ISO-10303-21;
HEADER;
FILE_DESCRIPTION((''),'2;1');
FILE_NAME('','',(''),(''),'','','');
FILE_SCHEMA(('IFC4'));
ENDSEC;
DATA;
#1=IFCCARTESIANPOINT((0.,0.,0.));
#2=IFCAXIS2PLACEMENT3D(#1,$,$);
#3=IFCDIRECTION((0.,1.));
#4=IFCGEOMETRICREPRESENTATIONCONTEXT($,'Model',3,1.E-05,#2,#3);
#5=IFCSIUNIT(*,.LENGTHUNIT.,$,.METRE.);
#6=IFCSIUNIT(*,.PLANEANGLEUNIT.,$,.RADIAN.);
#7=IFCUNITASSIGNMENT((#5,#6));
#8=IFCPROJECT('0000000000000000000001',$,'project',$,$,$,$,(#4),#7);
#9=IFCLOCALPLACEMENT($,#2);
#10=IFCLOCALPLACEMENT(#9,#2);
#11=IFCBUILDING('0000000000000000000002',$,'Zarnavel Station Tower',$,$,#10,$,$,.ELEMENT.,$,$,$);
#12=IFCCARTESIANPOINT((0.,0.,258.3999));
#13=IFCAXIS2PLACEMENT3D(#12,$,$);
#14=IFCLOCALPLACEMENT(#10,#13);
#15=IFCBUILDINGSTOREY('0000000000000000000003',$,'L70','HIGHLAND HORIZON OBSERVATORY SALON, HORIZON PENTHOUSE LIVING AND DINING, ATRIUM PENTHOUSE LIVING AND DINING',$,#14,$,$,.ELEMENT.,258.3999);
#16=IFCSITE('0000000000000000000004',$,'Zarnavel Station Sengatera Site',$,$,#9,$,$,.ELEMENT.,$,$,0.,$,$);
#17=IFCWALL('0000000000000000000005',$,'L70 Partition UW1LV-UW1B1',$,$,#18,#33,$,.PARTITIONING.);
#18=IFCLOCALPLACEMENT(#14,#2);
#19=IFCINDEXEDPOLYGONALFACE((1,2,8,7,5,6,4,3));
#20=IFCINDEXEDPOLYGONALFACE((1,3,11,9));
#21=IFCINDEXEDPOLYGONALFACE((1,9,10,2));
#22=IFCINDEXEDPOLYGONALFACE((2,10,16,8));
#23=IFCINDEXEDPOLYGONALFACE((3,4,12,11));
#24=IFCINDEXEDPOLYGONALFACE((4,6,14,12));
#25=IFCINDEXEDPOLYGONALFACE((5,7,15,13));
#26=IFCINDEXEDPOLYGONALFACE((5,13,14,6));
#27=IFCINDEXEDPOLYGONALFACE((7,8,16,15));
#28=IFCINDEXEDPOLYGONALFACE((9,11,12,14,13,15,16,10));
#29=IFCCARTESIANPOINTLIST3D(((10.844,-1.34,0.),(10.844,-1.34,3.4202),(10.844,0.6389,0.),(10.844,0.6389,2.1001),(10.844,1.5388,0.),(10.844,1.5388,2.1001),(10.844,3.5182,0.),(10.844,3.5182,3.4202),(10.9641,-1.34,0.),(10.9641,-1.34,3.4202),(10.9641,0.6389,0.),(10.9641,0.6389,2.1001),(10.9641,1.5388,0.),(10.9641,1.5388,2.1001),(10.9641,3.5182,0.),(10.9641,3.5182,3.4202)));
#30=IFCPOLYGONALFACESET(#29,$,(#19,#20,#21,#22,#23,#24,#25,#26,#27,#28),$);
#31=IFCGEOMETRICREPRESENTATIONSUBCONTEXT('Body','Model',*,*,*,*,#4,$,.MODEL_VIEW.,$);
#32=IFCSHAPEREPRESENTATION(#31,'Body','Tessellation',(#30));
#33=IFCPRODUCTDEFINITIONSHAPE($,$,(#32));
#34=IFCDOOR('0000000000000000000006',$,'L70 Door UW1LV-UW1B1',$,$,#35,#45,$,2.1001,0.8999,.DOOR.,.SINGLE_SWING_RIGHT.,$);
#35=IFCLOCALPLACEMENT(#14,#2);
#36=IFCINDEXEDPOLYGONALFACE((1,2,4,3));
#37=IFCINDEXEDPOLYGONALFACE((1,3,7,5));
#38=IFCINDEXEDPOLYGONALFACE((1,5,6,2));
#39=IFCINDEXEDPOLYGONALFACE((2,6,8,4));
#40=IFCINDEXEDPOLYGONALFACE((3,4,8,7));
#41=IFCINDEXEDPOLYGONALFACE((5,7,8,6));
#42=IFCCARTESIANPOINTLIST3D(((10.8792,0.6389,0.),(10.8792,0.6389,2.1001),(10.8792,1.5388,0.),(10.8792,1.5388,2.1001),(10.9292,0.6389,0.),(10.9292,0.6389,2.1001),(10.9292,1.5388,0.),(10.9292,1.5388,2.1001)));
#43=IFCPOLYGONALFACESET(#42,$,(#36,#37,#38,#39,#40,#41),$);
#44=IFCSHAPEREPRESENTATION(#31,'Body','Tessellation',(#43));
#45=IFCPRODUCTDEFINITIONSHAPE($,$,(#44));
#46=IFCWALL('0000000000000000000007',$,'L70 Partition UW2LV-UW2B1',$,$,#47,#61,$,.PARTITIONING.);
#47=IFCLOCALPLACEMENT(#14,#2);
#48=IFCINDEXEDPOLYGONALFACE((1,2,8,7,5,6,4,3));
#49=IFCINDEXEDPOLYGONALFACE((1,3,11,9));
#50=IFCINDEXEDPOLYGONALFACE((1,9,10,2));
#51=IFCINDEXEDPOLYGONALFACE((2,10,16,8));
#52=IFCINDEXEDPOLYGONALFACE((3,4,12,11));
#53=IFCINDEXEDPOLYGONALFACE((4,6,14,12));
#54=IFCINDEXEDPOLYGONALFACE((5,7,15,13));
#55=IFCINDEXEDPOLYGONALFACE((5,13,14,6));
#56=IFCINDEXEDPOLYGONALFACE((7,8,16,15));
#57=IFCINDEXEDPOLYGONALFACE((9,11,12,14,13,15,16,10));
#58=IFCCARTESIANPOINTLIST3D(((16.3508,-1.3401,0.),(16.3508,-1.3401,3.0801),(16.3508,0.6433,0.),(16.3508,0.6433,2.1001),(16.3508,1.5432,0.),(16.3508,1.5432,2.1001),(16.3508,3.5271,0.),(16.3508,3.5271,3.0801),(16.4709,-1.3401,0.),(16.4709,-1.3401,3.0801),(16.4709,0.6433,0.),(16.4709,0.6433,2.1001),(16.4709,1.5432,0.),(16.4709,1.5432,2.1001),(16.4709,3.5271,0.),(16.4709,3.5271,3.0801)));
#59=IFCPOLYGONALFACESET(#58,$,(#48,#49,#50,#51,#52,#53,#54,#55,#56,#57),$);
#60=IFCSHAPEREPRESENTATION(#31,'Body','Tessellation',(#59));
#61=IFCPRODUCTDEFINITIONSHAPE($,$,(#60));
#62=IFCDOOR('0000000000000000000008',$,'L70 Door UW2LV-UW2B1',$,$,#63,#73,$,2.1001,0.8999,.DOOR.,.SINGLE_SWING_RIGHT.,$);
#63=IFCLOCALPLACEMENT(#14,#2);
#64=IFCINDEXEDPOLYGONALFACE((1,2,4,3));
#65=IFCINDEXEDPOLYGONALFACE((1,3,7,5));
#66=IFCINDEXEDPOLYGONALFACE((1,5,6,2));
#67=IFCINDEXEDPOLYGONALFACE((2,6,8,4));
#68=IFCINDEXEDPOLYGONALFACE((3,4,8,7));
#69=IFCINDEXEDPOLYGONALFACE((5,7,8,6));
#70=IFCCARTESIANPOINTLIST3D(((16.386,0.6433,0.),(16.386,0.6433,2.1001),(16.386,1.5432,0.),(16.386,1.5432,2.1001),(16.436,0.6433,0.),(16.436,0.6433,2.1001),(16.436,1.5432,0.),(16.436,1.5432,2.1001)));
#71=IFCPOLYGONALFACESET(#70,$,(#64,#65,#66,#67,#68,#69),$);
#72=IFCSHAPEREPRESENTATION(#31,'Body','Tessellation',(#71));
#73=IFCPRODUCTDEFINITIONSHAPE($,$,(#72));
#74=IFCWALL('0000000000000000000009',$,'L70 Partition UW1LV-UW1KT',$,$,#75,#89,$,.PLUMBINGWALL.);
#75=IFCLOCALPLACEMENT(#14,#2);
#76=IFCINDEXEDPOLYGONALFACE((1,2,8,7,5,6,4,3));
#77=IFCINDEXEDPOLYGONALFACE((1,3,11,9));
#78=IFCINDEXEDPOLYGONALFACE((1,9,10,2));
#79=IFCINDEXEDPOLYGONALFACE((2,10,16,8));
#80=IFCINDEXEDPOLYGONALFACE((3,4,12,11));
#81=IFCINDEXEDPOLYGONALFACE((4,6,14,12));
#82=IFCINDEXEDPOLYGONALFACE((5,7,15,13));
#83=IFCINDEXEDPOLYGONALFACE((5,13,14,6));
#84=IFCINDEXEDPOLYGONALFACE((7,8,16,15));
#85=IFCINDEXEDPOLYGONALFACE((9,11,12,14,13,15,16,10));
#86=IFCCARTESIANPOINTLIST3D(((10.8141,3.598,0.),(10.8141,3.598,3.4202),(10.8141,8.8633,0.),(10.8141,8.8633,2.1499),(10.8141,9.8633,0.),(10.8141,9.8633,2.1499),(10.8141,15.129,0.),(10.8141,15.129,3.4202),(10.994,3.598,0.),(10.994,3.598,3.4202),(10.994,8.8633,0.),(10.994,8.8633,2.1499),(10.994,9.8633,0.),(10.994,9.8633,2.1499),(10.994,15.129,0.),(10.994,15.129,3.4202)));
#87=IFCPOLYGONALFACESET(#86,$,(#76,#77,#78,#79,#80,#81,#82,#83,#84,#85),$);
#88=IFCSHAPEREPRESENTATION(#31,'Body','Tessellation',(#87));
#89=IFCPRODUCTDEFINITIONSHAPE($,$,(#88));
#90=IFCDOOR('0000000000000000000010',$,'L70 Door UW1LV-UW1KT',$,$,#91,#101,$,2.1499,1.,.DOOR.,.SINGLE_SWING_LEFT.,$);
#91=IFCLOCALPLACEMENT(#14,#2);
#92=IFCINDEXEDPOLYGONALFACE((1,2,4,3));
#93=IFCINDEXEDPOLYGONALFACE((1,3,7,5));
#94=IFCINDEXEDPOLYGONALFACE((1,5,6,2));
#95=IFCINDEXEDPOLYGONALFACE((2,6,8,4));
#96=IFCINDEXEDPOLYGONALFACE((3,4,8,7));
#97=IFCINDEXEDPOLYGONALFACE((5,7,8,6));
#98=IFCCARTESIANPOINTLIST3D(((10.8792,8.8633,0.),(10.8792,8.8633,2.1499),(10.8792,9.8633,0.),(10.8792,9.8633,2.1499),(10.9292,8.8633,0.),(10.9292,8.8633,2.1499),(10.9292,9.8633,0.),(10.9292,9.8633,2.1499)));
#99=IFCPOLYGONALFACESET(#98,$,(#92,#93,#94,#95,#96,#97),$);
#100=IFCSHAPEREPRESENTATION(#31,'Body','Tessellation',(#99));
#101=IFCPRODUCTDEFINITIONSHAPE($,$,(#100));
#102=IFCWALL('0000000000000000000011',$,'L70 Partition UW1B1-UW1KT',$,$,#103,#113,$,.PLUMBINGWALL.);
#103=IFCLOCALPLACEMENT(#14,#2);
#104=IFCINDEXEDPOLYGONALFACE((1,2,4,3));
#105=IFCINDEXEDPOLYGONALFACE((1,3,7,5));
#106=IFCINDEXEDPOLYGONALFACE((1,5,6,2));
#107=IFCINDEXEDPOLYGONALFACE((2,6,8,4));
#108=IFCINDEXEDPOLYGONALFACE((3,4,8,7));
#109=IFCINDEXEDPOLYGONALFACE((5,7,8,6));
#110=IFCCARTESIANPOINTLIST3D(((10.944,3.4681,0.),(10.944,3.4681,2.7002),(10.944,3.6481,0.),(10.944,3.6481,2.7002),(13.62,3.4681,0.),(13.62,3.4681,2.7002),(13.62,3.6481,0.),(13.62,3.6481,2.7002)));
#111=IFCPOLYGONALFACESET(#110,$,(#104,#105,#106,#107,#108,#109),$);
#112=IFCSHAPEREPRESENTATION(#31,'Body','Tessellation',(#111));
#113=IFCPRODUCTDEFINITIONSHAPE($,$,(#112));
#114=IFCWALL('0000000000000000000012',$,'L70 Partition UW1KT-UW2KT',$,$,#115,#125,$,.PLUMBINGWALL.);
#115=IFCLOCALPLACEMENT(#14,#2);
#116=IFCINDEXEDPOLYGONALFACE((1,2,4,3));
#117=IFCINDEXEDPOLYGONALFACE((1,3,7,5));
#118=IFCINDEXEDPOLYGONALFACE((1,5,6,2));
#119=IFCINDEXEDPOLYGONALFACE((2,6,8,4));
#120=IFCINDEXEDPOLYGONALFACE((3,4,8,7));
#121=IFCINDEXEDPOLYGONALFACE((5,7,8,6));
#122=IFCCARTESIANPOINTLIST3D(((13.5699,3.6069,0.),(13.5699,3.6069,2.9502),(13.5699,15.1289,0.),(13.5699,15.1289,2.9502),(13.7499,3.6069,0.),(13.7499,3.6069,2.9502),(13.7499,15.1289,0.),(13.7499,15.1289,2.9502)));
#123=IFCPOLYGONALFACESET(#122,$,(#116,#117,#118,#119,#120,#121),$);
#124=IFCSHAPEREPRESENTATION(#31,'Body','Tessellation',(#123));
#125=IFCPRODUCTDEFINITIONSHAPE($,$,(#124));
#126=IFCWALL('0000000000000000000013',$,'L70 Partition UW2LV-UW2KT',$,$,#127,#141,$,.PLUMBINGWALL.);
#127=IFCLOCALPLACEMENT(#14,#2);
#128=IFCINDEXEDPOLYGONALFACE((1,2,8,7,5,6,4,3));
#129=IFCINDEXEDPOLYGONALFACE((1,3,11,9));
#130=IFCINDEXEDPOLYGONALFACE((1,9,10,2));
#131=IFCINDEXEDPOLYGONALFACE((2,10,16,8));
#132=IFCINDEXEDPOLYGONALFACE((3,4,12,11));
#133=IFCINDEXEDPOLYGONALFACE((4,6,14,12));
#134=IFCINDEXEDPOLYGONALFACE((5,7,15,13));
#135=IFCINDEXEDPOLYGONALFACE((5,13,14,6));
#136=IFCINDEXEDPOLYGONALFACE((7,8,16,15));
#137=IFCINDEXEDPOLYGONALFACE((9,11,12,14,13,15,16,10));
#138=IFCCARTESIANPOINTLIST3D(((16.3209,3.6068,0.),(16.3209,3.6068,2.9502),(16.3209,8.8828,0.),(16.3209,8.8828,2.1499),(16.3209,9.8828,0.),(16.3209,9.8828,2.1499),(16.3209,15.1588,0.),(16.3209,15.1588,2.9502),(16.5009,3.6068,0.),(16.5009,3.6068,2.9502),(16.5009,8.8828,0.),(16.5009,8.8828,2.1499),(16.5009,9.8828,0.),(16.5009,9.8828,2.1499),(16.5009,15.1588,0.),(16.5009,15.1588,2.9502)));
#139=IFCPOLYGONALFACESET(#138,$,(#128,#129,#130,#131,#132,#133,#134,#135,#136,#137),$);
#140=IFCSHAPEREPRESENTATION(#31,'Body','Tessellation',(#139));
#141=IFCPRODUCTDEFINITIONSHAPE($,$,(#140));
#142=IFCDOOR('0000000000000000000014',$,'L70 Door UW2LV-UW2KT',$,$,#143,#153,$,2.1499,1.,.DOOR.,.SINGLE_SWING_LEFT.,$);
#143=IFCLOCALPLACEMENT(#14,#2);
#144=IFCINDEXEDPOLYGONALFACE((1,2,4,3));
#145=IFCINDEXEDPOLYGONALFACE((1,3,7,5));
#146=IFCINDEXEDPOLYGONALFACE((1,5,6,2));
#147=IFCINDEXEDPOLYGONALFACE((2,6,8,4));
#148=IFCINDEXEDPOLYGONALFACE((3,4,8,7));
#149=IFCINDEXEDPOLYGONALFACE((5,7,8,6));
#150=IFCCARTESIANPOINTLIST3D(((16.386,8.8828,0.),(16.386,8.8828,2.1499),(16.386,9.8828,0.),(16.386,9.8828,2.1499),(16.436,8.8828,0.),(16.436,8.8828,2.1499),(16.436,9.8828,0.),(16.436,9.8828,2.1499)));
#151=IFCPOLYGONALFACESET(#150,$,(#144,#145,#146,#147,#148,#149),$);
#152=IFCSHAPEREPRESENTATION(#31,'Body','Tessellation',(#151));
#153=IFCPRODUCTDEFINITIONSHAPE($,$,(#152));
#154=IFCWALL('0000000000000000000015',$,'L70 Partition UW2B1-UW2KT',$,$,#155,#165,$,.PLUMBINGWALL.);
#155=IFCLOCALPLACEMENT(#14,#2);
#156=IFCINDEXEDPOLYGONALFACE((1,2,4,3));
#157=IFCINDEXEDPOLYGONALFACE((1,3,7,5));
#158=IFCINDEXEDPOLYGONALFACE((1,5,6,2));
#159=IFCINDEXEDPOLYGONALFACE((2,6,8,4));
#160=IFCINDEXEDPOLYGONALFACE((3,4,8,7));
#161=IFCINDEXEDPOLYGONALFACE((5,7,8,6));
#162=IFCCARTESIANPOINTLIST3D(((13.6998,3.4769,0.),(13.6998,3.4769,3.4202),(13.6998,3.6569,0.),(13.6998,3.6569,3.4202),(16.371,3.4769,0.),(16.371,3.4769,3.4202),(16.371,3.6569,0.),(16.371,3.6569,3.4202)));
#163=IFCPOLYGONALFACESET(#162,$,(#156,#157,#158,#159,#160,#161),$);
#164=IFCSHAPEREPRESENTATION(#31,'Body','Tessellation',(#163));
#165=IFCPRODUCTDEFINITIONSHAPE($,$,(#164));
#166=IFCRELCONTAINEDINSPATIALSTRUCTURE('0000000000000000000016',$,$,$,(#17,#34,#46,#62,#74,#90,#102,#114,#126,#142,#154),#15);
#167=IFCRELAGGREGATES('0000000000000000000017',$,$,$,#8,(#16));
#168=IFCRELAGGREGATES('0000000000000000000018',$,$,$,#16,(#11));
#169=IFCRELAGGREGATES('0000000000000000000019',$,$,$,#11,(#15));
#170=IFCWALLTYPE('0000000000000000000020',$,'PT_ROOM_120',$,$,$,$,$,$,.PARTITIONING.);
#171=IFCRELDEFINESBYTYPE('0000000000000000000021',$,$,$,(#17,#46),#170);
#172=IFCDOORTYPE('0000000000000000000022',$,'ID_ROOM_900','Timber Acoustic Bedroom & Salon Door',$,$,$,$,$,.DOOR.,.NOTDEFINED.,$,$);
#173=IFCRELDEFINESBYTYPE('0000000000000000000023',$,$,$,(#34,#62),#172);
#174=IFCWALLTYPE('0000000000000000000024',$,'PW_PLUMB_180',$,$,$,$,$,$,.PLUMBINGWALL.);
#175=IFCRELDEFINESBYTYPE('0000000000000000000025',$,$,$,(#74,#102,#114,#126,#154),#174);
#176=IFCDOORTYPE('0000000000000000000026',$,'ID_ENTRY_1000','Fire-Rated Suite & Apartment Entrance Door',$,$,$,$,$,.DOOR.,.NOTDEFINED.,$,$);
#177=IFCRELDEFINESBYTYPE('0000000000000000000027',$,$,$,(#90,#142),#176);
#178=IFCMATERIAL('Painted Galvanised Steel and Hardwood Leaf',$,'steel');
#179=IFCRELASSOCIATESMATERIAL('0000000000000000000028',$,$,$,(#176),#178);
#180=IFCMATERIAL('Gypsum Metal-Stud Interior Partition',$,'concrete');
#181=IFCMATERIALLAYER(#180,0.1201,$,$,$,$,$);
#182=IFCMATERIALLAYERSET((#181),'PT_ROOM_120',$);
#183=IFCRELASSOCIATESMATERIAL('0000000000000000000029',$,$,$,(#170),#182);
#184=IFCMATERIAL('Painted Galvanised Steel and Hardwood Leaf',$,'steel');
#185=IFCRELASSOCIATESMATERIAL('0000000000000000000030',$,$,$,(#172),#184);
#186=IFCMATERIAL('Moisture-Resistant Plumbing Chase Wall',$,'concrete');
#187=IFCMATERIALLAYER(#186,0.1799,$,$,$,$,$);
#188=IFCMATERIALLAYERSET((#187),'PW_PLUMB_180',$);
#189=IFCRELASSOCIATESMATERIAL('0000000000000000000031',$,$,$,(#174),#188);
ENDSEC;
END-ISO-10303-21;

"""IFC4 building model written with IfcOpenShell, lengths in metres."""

from ifc_helpers import new_model, si_unit, direction, frame, frame_2d, origin, place, context, subcontext, project, spatial, rectangle, extrude, material, layer, layer_set, type_object, element, fill, save


model = new_model("IFC4")

# Units and contexts
model_context = context("Model", 3, precision=1e-05, world=origin(), true_north=direction((0.0, 1.0)))
body_context = subcontext(model_context, "Body", "Model", "MODEL_VIEW")
ifc_project = project(units=[si_unit("LENGTHUNIT", "METRE"), si_unit("PLANEANGLEUNIT", "RADIAN")], contexts=[model_context])

# Site, building, storey
site_placement = place(None, origin())
site = spatial("IfcSite", under=ifc_project, at=site_placement, Name="Zarnavel Station Sengatera Site", CompositionType="ELEMENT", RefElevation=0.0)
building_placement = place(site_placement, origin())
building = spatial("IfcBuilding", under=site, at=building_placement, Name="Zarnavel Station Tower", CompositionType="ELEMENT")
storey_placement = place(building_placement, frame((0.0, 0.0, 258.3999)))
storey = spatial("IfcBuildingStorey", under=building, at=storey_placement, Name="L70", Description="HIGHLAND HORIZON OBSERVATORY SALON, HORIZON PENTHOUSE LIVING AND DINING, ATRIUM PENTHOUSE LIVING AND DINING", CompositionType="ELEMENT", Elevation=258.3999)

# Shared definitions
ifc_material_1 = material(Name="Painted Galvanised Steel and Hardwood Leaf", Category="steel")
door_type_1 = type_object("IfcDoorType", Name="ID_ENTRY_1000", Description="Fire-Rated Suite & Apartment Entrance Door", OperationType="NOTDEFINED", PredefinedType="DOOR", material=ifc_material_1)

# Walls, openings, doors
ifc_material_2 = material(Name="Gypsum Metal-Stud Interior Partition", Category="concrete")
ifc_layer_1 = layer(ifc_material_2, 0.1201)
ifc_layer_set_1 = layer_set([ifc_layer_1], Name="PT_ROOM_120")
wall_type_1 = type_object("IfcWallType", Name="PT_ROOM_120", PredefinedType="PARTITIONING", material=ifc_layer_set_1)
wall_1_placement = place(storey_placement, frame((10.9041, -1.3401, 0.0), z_axis=(0.0, 0.0, 1.0), x_axis=(0.0, 1.0, 0.0)))
wall_1 = element("IfcWall", 1, at=wall_1_placement, inside=storey, type_object=wall_type_1, Name="L70 Partition UW1LV-UW1B1", PredefinedType="PARTITIONING", context=body_context, shape_type="SweptSolid", body=[
    extrude(rectangle(XDim=4.8582, YDim=0.1201, at=frame_2d((2.4292, 0.0))), origin(), (0.0, 0.0, 1.0), 3.4202),
])
opening_1_placement = place(wall_1_placement, frame((1.979, 0.0, 0.0)))
opening_1 = element("IfcOpeningElement", 2, at=opening_1_placement, cuts=wall_1, PredefinedType="OPENING", context=body_context, shape_type="SweptSolid", body=[
    extrude(rectangle(XDim=0.8999, YDim=2.1001, at=frame_2d((0.45, 1.05))), frame((0.0, 0.0701, 0.0), z_axis=(0.0, -1.0, 0.0), x_axis=(1.0, 0.0, 0.0)), (0.0, 0.0, 1.0), 0.1401),
])
ifc_material_3 = material(Name="Painted Galvanised Steel and Hardwood Leaf", Category="steel")
door_type_2 = type_object("IfcDoorType", Name="ID_ROOM_900", Description="Timber Acoustic Bedroom & Salon Door", OperationType="NOTDEFINED", PredefinedType="DOOR", material=ifc_material_3)
door_1_placement = place(opening_1_placement, origin())
door_1 = element("IfcDoor", 3, at=door_1_placement, inside=storey, type_object=door_type_2, Name="L70 Door UW1LV-UW1B1", OperationType="SINGLE_SWING_RIGHT", OverallHeight=2.1001, OverallWidth=0.8999, PredefinedType="DOOR", context=body_context, shape_type="SweptSolid", body=[
    extrude(rectangle(XDim=0.8999, YDim=2.1001, at=frame_2d((0.45, 1.05))), frame((0.0, 0.0249, 0.0), z_axis=(0.0, -1.0, 0.0), x_axis=(1.0, 0.0, 0.0)), (0.0, 0.0, 1.0), 0.05),
])
fill(opening_1, door_1)
wall_2_placement = place(storey_placement, frame((16.4109, -1.3401, 0.0), z_axis=(0.0, 0.0, 1.0), x_axis=(0.0, 1.0, 0.0)))
wall_2 = element("IfcWall", 4, at=wall_2_placement, inside=storey, type_object=wall_type_1, Name="L70 Partition UW2LV-UW2B1", PredefinedType="PARTITIONING", context=body_context, shape_type="SweptSolid", body=[
    extrude(rectangle(XDim=4.8672, YDim=0.1201, at=frame_2d((2.4336, 0.0))), origin(), (0.0, 0.0, 1.0), 3.0801),
])
opening_2_placement = place(wall_2_placement, frame((1.9834, 0.0, 0.0)))
opening_2 = element("IfcOpeningElement", 5, at=opening_2_placement, cuts=wall_2, PredefinedType="OPENING", context=body_context, shape_type="SweptSolid", body=[
    extrude(rectangle(XDim=0.8999, YDim=2.1001, at=frame_2d((0.45, 1.05))), frame((0.0, 0.0701, 0.0), z_axis=(0.0, -1.0, 0.0), x_axis=(1.0, 0.0, 0.0)), (0.0, 0.0, 1.0), 0.1401),
])
door_2_placement = place(opening_2_placement, origin())
door_2 = element("IfcDoor", 6, at=door_2_placement, inside=storey, type_object=door_type_2, Name="L70 Door UW2LV-UW2B1", OperationType="SINGLE_SWING_RIGHT", OverallHeight=2.1001, OverallWidth=0.8999, PredefinedType="DOOR", context=body_context, shape_type="SweptSolid", body=[
    extrude(rectangle(XDim=0.8999, YDim=2.1001, at=frame_2d((0.45, 1.05))), frame((0.0, 0.0249, 0.0), z_axis=(0.0, -1.0, 0.0), x_axis=(1.0, 0.0, 0.0)), (0.0, 0.0, 1.0), 0.05),
])
fill(opening_2, door_2)
ifc_material_4 = material(Name="Moisture-Resistant Plumbing Chase Wall", Category="concrete")
ifc_layer_2 = layer(ifc_material_4, 0.1799)
ifc_layer_set_2 = layer_set([ifc_layer_2], Name="PW_PLUMB_180")
wall_type_2 = type_object("IfcWallType", Name="PW_PLUMB_180", PredefinedType="PLUMBINGWALL", material=ifc_layer_set_2)
wall_3_placement = place(storey_placement, frame((10.9041, 3.5979, 0.0), z_axis=(0.0, 0.0, 1.0), x_axis=(0.0, 1.0, 0.0)))
wall_3 = element("IfcWall", 7, at=wall_3_placement, inside=storey, type_object=wall_type_2, Name="L70 Partition UW1LV-UW1KT", PredefinedType="PLUMBINGWALL", context=body_context, shape_type="SweptSolid", body=[
    extrude(rectangle(XDim=11.531, YDim=0.1799, at=frame_2d((5.7656, 0.0))), origin(), (0.0, 0.0, 1.0), 3.4202),
])
opening_3_placement = place(wall_3_placement, frame((5.2654, 0.0, 0.0)))
opening_3 = element("IfcOpeningElement", 8, at=opening_3_placement, cuts=wall_3, PredefinedType="OPENING", context=body_context, shape_type="SweptSolid", body=[
    extrude(rectangle(XDim=1.0, YDim=2.1499, at=frame_2d((0.5, 1.075))), frame((0.0, 0.0999, 0.0), z_axis=(0.0, -1.0, 0.0), x_axis=(1.0, 0.0, 0.0)), (0.0, 0.0, 1.0), 0.2),
])
door_3_placement = place(opening_3_placement, origin())
door_3 = element("IfcDoor", 9, at=door_3_placement, inside=storey, type_object=door_type_1, Name="L70 Door UW1LV-UW1KT", OperationType="SINGLE_SWING_LEFT", OverallHeight=2.1499, OverallWidth=1.0, PredefinedType="DOOR", context=body_context, shape_type="SweptSolid", body=[
    extrude(rectangle(XDim=1.0, YDim=2.1499, at=frame_2d((0.5, 1.075))), frame((0.0, 0.0249, 0.0), z_axis=(0.0, -1.0, 0.0), x_axis=(1.0, 0.0, 0.0)), (0.0, 0.0, 1.0), 0.05),
])
fill(opening_3, door_3)

# Walls
wall_4_placement = place(storey_placement, frame((10.9441, 3.5581, 0.0), z_axis=(0.0, 0.0, 1.0), x_axis=(1.0, 0.0, 0.0)))
element("IfcWall", 10, at=wall_4_placement, inside=storey, type_object=wall_type_2, Name="L70 Partition UW1B1-UW1KT", PredefinedType="PLUMBINGWALL", context=body_context, shape_type="SweptSolid", body=[
    extrude(rectangle(XDim=2.676, YDim=0.1799, at=frame_2d((1.3379, 0.0))), origin(), (0.0, 0.0, 1.0), 2.7002),
])
wall_5_placement = place(storey_placement, frame((13.6599, 3.6069, 0.0), z_axis=(0.0, 0.0, 1.0), x_axis=(0.0, 1.0, 0.0)))
element("IfcWall", 11, at=wall_5_placement, inside=storey, type_object=wall_type_2, Name="L70 Partition UW1KT-UW2KT", PredefinedType="PLUMBINGWALL", context=body_context, shape_type="SweptSolid", body=[
    extrude(rectangle(XDim=11.522, YDim=0.1799, at=frame_2d((5.761, 0.0))), origin(), (0.0, 0.0, 1.0), 2.9502),
])

# Wall, opening, door
wall_6_placement = place(storey_placement, frame((16.4109, 3.6069, 0.0), z_axis=(0.0, 0.0, 1.0), x_axis=(0.0, 1.0, 0.0)))
wall_6 = element("IfcWall", 12, at=wall_6_placement, inside=storey, type_object=wall_type_2, Name="L70 Partition UW2LV-UW2KT", PredefinedType="PLUMBINGWALL", context=body_context, shape_type="SweptSolid", body=[
    extrude(rectangle(XDim=11.552, YDim=0.1799, at=frame_2d((5.7759, 0.0))), origin(), (0.0, 0.0, 1.0), 2.9502),
])
opening_4_placement = place(wall_6_placement, frame((5.2759, 0.0, 0.0)))
opening_4 = element("IfcOpeningElement", 13, at=opening_4_placement, cuts=wall_6, PredefinedType="OPENING", context=body_context, shape_type="SweptSolid", body=[
    extrude(rectangle(XDim=1.0, YDim=2.1499, at=frame_2d((0.5, 1.075))), frame((0.0, 0.0999, 0.0), z_axis=(0.0, -1.0, 0.0), x_axis=(1.0, 0.0, 0.0)), (0.0, 0.0, 1.0), 0.2),
])
door_4_placement = place(opening_4_placement, origin())
door_4 = element("IfcDoor", 14, at=door_4_placement, inside=storey, type_object=door_type_1, Name="L70 Door UW2LV-UW2KT", OperationType="SINGLE_SWING_LEFT", OverallHeight=2.1499, OverallWidth=1.0, PredefinedType="DOOR", context=body_context, shape_type="SweptSolid", body=[
    extrude(rectangle(XDim=1.0, YDim=2.1499, at=frame_2d((0.5, 1.075))), frame((0.0, 0.0249, 0.0), z_axis=(0.0, -1.0, 0.0), x_axis=(1.0, 0.0, 0.0)), (0.0, 0.0, 1.0), 0.05),
])
fill(opening_4, door_4)

# Wall
wall_7_placement = place(storey_placement, frame((13.7, 3.5669, 0.0), z_axis=(0.0, 0.0, 1.0), x_axis=(1.0, 0.0, 0.0)))
element("IfcWall", 15, at=wall_7_placement, inside=storey, type_object=wall_type_2, Name="L70 Partition UW2B1-UW2KT", PredefinedType="PLUMBINGWALL", context=body_context, shape_type="SweptSolid", body=[
    extrude(rectangle(XDim=2.6711, YDim=0.1799, at=frame_2d((1.3354, 0.0))), origin(), (0.0, 0.0, 1.0), 3.4202),
])

save(model, "model.ifc")
